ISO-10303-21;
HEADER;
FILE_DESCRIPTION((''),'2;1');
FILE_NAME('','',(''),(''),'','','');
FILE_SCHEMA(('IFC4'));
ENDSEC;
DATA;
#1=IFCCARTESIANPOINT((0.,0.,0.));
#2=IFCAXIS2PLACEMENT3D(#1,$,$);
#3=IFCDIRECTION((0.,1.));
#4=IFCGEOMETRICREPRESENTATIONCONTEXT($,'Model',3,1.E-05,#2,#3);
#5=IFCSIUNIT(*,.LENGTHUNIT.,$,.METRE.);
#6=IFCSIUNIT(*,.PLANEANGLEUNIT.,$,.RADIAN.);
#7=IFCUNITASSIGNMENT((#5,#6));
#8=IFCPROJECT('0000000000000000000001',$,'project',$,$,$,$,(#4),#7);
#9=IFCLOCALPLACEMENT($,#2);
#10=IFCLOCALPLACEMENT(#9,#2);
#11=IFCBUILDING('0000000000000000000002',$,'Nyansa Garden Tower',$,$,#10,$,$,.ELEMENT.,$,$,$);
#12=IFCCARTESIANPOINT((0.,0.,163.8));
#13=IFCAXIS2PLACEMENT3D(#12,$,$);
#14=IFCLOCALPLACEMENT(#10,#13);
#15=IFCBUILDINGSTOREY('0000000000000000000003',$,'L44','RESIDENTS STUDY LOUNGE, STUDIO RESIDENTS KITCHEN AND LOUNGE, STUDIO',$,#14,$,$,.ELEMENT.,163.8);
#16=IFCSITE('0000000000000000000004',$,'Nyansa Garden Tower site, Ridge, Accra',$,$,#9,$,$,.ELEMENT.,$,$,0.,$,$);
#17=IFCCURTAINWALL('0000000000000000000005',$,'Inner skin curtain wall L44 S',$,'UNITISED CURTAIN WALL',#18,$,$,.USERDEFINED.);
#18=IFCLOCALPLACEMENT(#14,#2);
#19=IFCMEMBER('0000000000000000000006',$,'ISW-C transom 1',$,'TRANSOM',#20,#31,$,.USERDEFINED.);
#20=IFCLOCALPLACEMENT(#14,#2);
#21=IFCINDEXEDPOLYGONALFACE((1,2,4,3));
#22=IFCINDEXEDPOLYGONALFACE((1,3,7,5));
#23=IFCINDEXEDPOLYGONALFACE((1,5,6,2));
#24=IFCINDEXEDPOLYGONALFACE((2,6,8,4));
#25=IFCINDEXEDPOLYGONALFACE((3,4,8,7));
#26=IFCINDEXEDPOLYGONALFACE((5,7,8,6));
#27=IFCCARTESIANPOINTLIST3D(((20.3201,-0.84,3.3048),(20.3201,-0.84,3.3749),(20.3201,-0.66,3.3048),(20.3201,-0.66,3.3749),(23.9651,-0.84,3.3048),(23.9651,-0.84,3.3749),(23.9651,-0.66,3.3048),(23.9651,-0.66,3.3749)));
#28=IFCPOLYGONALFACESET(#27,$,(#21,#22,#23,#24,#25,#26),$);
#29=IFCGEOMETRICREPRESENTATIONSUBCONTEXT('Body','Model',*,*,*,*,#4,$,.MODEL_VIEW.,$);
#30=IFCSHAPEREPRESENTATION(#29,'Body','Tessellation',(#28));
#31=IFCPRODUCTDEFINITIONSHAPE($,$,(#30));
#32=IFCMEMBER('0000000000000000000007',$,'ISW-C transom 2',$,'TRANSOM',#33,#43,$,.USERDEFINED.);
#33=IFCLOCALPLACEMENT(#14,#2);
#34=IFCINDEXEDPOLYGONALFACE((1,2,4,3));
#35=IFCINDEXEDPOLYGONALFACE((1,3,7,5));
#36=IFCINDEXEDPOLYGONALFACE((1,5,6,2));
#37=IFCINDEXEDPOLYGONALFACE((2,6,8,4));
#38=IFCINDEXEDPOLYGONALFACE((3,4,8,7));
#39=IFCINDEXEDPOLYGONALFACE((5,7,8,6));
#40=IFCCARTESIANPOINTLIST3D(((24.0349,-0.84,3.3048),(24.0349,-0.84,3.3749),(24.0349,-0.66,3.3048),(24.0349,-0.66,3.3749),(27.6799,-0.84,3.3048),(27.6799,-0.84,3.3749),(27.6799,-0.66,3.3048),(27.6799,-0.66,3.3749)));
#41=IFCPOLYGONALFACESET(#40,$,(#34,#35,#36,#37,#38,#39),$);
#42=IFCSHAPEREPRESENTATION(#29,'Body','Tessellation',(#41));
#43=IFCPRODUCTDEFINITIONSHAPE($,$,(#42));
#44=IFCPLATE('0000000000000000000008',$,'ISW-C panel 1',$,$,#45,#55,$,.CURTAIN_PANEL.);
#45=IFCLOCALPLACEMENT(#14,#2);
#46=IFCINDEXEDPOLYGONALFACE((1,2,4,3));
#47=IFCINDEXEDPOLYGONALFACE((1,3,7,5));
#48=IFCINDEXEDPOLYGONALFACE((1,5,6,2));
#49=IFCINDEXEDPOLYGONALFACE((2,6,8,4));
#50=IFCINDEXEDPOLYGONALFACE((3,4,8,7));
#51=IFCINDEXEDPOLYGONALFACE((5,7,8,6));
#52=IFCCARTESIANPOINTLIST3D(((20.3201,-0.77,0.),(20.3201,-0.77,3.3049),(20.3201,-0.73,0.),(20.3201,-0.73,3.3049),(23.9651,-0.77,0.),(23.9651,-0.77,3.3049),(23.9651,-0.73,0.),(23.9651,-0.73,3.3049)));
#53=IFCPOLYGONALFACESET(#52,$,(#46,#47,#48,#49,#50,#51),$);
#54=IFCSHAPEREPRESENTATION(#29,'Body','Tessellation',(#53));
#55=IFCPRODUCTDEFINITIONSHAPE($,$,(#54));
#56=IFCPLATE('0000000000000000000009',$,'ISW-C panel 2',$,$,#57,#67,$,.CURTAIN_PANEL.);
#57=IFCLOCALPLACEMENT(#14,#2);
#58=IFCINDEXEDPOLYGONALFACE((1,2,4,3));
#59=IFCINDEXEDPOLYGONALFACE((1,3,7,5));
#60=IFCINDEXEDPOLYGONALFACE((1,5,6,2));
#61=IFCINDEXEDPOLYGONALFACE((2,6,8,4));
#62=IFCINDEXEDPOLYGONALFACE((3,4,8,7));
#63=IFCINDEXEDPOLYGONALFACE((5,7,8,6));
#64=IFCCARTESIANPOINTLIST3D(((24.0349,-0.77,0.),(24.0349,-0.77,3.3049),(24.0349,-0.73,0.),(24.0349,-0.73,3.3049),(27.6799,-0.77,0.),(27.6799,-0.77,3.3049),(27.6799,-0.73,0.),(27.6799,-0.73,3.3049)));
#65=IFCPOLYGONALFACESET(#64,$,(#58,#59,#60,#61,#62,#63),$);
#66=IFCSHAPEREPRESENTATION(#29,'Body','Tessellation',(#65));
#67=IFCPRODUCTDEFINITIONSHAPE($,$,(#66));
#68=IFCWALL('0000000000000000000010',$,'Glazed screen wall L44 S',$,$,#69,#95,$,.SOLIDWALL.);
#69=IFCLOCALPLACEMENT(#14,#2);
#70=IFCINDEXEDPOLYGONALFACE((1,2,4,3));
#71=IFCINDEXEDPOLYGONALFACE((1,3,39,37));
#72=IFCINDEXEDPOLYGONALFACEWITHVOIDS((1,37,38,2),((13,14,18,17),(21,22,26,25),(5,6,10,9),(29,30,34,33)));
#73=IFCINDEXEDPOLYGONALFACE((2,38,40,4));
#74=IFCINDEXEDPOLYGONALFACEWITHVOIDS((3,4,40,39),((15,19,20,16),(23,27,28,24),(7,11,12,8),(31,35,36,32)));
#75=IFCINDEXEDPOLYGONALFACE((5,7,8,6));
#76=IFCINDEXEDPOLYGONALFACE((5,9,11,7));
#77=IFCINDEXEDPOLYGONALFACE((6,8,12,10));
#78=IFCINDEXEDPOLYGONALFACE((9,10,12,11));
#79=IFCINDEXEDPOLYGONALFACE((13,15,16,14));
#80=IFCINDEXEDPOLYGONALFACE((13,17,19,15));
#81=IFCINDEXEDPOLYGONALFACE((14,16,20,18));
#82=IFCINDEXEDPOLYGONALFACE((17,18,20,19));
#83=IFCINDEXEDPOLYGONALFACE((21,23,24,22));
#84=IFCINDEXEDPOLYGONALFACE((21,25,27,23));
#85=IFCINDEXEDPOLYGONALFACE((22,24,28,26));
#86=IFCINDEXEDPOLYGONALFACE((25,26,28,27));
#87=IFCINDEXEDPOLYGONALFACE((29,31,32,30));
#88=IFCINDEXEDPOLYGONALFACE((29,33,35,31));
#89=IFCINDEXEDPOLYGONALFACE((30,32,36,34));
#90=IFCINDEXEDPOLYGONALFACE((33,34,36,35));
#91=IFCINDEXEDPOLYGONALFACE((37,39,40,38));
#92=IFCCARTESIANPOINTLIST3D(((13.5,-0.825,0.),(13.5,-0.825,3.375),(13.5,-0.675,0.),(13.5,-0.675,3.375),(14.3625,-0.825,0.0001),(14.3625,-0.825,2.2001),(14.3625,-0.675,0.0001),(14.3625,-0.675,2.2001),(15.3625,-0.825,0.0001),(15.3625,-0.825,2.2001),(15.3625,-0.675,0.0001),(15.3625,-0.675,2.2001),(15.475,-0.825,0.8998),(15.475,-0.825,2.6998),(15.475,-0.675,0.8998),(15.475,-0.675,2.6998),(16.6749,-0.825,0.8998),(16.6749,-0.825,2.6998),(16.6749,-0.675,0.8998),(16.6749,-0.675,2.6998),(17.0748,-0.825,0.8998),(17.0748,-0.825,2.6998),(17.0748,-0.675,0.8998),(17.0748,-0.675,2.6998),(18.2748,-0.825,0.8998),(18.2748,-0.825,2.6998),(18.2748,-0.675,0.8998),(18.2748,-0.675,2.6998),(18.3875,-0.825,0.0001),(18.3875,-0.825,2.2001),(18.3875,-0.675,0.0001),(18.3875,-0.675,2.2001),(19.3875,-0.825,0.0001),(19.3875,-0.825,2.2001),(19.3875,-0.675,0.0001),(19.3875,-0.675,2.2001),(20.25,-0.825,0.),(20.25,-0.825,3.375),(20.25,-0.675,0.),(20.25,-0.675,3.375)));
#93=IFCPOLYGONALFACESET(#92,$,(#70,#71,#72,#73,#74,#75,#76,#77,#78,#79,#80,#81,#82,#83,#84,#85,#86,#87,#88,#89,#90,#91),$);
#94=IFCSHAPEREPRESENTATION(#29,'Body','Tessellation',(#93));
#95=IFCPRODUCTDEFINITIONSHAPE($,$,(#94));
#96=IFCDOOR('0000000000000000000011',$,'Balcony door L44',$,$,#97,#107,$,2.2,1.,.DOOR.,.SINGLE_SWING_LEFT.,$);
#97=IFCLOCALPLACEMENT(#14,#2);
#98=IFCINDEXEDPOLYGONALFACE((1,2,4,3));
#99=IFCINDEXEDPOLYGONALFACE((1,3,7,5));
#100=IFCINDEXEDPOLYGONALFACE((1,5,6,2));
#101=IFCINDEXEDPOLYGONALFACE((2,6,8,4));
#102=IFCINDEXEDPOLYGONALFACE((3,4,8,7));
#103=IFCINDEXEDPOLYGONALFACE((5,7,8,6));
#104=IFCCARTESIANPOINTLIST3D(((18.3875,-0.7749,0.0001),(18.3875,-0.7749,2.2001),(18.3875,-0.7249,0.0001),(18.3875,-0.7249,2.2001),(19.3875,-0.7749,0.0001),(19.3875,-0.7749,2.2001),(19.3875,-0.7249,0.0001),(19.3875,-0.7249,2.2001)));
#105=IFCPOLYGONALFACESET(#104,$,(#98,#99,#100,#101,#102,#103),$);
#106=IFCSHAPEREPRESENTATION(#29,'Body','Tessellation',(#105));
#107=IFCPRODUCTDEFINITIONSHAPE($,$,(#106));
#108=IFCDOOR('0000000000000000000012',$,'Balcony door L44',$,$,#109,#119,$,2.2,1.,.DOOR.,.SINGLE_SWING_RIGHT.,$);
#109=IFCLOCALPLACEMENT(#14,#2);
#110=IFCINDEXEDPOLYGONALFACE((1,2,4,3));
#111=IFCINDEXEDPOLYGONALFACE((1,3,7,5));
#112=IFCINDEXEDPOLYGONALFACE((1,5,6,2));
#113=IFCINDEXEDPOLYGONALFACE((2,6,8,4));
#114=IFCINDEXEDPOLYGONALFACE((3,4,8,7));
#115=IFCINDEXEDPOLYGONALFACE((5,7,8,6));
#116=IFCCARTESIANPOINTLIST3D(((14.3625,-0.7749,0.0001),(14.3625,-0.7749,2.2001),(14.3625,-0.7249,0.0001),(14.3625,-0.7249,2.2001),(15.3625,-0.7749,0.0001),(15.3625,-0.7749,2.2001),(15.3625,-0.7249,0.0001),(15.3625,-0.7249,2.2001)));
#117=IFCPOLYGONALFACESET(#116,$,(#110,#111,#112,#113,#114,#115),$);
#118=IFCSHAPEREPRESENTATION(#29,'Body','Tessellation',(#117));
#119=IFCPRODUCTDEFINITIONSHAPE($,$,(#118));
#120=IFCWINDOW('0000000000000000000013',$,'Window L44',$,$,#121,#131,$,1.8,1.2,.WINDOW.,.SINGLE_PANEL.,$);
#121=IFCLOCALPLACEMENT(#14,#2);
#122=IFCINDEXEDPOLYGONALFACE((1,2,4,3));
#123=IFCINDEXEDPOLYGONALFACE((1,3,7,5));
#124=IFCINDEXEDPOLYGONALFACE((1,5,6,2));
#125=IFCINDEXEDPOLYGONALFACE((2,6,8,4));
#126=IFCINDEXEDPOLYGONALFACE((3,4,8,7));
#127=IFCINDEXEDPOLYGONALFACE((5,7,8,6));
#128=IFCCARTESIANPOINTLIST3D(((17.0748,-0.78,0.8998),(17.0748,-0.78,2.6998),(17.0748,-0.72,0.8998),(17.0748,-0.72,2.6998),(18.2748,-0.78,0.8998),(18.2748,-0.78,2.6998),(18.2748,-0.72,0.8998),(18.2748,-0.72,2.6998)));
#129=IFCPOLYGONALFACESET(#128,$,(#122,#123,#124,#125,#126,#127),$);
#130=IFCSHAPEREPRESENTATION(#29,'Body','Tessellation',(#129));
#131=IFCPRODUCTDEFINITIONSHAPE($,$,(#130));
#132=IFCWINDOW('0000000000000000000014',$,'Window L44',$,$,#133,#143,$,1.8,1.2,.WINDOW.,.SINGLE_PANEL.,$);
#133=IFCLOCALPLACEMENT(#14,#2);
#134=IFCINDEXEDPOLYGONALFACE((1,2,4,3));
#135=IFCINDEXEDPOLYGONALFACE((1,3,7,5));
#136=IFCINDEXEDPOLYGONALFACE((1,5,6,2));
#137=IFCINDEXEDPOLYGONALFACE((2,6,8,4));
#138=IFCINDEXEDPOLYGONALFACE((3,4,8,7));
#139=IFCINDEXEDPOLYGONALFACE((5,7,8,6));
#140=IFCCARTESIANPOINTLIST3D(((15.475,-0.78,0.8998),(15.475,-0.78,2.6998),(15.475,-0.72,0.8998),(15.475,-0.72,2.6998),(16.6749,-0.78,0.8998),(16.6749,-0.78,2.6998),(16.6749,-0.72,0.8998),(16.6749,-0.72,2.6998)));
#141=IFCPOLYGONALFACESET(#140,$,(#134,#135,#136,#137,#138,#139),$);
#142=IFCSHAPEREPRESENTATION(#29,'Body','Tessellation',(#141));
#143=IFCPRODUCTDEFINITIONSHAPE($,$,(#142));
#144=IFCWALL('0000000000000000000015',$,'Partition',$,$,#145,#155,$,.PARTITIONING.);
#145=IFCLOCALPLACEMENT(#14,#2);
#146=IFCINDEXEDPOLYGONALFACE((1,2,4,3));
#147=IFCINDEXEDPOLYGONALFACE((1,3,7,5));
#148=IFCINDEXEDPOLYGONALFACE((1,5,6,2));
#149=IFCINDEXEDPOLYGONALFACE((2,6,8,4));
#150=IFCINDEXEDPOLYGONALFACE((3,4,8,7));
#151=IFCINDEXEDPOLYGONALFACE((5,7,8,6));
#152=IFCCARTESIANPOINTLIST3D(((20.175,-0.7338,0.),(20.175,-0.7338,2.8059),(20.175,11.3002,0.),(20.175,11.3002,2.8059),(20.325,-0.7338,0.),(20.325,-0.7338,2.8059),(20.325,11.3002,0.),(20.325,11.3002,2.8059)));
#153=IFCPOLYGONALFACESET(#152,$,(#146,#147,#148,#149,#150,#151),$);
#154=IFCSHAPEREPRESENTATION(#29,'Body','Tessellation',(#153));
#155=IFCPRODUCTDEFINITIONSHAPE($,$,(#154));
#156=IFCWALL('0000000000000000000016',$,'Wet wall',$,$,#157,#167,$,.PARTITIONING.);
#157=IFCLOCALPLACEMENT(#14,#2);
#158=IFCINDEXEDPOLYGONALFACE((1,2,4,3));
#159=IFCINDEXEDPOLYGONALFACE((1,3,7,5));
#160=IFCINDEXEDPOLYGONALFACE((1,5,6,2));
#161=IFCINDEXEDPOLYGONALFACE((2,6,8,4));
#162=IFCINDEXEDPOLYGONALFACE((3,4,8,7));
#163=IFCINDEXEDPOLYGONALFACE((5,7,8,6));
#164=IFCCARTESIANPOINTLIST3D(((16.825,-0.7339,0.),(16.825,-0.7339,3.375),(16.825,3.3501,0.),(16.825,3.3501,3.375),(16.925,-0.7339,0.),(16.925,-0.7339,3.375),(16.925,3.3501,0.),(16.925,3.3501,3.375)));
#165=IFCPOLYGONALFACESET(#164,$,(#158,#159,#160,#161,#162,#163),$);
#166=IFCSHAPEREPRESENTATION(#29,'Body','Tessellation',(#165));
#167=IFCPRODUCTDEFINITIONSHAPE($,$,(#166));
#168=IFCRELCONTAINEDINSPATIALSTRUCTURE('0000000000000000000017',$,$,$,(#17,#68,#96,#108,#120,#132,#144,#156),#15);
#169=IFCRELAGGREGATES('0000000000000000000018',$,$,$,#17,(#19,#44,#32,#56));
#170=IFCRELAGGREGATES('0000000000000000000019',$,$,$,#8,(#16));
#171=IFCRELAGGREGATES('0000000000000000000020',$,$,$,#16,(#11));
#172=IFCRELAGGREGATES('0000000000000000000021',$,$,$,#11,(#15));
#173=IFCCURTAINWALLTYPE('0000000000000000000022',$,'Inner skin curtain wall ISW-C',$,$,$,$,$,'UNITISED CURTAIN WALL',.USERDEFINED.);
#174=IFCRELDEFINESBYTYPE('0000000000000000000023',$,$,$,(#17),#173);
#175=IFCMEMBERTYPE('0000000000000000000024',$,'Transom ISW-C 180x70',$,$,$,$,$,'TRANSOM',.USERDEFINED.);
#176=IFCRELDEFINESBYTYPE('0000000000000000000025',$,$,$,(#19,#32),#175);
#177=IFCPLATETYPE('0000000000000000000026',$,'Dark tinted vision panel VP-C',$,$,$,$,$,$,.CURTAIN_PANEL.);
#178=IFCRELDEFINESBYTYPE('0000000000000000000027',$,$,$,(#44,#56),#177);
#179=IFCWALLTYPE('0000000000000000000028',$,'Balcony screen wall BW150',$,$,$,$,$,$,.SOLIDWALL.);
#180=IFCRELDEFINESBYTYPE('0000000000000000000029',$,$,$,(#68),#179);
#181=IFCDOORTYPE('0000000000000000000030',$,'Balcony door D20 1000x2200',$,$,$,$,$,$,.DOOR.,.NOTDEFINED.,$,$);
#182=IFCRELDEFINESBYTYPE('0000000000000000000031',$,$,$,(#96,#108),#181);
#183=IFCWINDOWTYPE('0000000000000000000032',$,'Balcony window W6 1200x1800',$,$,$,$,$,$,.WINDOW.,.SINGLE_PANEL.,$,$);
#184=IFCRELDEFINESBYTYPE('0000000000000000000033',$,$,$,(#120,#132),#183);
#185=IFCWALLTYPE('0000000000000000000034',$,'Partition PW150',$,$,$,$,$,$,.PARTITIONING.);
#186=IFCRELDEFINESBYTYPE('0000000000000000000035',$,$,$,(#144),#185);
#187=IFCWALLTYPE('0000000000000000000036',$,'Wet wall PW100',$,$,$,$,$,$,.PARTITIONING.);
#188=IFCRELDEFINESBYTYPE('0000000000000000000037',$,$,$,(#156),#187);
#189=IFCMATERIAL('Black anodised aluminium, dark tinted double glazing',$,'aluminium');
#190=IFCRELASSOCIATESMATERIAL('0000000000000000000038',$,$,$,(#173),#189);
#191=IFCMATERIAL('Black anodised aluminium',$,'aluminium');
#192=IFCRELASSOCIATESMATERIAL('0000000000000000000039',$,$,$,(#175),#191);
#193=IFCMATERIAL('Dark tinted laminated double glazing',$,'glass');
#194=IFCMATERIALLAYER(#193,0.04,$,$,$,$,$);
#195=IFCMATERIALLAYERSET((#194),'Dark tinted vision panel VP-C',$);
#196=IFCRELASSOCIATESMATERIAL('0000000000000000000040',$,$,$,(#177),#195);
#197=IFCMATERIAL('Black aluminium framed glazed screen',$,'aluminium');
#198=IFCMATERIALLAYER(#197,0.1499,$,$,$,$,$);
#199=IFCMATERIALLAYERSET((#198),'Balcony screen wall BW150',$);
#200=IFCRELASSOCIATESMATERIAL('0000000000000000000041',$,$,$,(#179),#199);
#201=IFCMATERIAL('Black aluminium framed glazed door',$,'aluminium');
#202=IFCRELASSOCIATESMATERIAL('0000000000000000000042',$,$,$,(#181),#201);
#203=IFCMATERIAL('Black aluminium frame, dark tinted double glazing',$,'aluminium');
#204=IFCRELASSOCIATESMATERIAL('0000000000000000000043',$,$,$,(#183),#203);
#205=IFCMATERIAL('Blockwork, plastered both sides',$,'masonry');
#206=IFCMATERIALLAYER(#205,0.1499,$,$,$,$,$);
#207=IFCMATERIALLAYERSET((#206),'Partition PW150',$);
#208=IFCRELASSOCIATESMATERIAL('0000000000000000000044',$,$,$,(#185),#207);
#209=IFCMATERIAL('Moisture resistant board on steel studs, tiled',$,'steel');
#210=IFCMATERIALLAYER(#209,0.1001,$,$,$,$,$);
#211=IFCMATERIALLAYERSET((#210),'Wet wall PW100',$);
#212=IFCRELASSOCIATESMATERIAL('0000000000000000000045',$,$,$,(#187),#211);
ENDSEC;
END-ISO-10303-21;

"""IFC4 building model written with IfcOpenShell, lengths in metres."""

from ifc_helpers import new_model, si_unit, direction, frame, frame_2d, origin, origin_2d, place, context, subcontext, project, spatial, rectangle, extrude, material, layer, layer_set, material_profile, profile_set, type_object, element, fill, aggregate, save


model = new_model("IFC4")

# Units and contexts
model_context = context("Model", 3, precision=1e-05, world=origin(), true_north=direction((0.0, 1.0)))
body_context = subcontext(model_context, "Body", "Model", "MODEL_VIEW")
ifc_project = project(units=[si_unit("LENGTHUNIT", "METRE"), si_unit("PLANEANGLEUNIT", "RADIAN")], contexts=[model_context])

# Site, building, storey
site_placement = place(None, origin())
site = spatial("IfcSite", under=ifc_project, at=site_placement, Name="Nyansa Garden Tower site, Ridge, Accra", CompositionType="ELEMENT", RefElevation=0.0)
building_placement = place(site_placement, origin())
building = spatial("IfcBuilding", under=site, at=building_placement, Name="Nyansa Garden Tower", CompositionType="ELEMENT")
storey_placement = place(building_placement, frame((0.0, 0.0, 163.8)))
storey = spatial("IfcBuildingStorey", under=building, at=storey_placement, Name="L44", Description="RESIDENTS STUDY LOUNGE, STUDIO RESIDENTS KITCHEN AND LOUNGE, STUDIO", CompositionType="ELEMENT", Elevation=163.8)

# Curtain wall
ifc_material_1 = material(Name="Black anodised aluminium, dark tinted double glazing", Category="aluminium")
curtain_wall_type = type_object("IfcCurtainWallType", Name="Inner skin curtain wall ISW-C", ElementType="UNITISED CURTAIN WALL", PredefinedType="USERDEFINED", material=ifc_material_1)
curtain_wall_placement = place(storey_placement, origin())
curtain_wall = element("IfcCurtainWall", 1, at=curtain_wall_placement, inside=storey, type_object=curtain_wall_type, Name="Inner skin curtain wall L44 S", ObjectType="UNITISED CURTAIN WALL", PredefinedType="USERDEFINED")

# Members
ifc_material_2 = material(Name="Black anodised aluminium", Category="aluminium")
ifc_material_profile_1 = material_profile(ifc_material_2, rectangle(XDim=0.1799, YDim=0.0701, at=origin_2d()), Name="Transom 180x70")
ifc_profile_set_1 = profile_set([ifc_material_profile_1], Name="Black anodised aluminium")
member_type_1 = type_object("IfcMemberType", Name="Transom ISW-C 180x70", ElementType="TRANSOM", PredefinedType="USERDEFINED", material=ifc_profile_set_1)
member_1_placement = place(storey_placement, frame((20.3201, -0.75, 3.3398), z_axis=(1.0, 0.0, 0.0), x_axis=(0.0, 1.0, 0.0)))
member_1 = element("IfcMember", 2, at=member_1_placement, type_object=member_type_1, Name="ISW-C transom 1", ObjectType="TRANSOM", PredefinedType="USERDEFINED", context=body_context, shape_type="SweptSolid", body=[
    extrude(rectangle(XDim=0.1799, YDim=0.0701, at=origin_2d()), origin(), (0.0, 0.0, 1.0), 3.645),
])
member_2_placement = place(storey_placement, frame((24.0349, -0.75, 3.3398), z_axis=(1.0, 0.0, 0.0), x_axis=(0.0, 1.0, 0.0)))
member_2 = element("IfcMember", 3, at=member_2_placement, type_object=member_type_1, Name="ISW-C transom 2", ObjectType="TRANSOM", PredefinedType="USERDEFINED", context=body_context, shape_type="SweptSolid", body=[
    extrude(rectangle(XDim=0.1799, YDim=0.0701, at=origin_2d()), origin(), (0.0, 0.0, 1.0), 3.645),
])

# Plates
ifc_material_3 = material(Name="Dark tinted laminated double glazing", Category="glass")
ifc_layer_1 = layer(ifc_material_3, 0.04)
ifc_layer_set_1 = layer_set([ifc_layer_1], Name="Dark tinted vision panel VP-C")
plate_type = type_object("IfcPlateType", Name="Dark tinted vision panel VP-C", PredefinedType="CURTAIN_PANEL", material=ifc_layer_set_1)
plate_1_placement = place(storey_placement, frame((22.1426, -0.75, 0.0), z_axis=(0.0, 0.0, 1.0), x_axis=(1.0, 0.0, 0.0)))
plate_1 = element("IfcPlate", 4, at=plate_1_placement, type_object=plate_type, Name="ISW-C panel 1", PredefinedType="CURTAIN_PANEL", context=body_context, shape_type="SweptSolid", body=[
    extrude(rectangle(XDim=3.645, YDim=0.04, at=origin_2d()), origin(), (0.0, 0.0, 1.0), 3.3049),
])
plate_2_placement = place(storey_placement, frame((25.8574, -0.75, 0.0), z_axis=(0.0, 0.0, 1.0), x_axis=(1.0, 0.0, 0.0)))
plate_2 = element("IfcPlate", 5, at=plate_2_placement, type_object=plate_type, Name="ISW-C panel 2", PredefinedType="CURTAIN_PANEL", context=body_context, shape_type="SweptSolid", body=[
    extrude(rectangle(XDim=3.645, YDim=0.04, at=origin_2d()), origin(), (0.0, 0.0, 1.0), 3.3049),
])
aggregate(curtain_wall, [member_1, plate_1, member_2, plate_2])

# Wall, openings, doors, windows
ifc_material_4 = material(Name="Black aluminium framed glazed screen", Category="aluminium")
ifc_layer_2 = layer(ifc_material_4, 0.1499)
ifc_layer_set_2 = layer_set([ifc_layer_2], Name="Balcony screen wall BW150")
wall_type_1 = type_object("IfcWallType", Name="Balcony screen wall BW150", PredefinedType="SOLIDWALL", material=ifc_layer_set_2)
wall_1_placement = place(storey_placement, frame((20.25, -0.75, 0.0), z_axis=(0.0, 0.0, 1.0), x_axis=(-1.0, 0.0, 0.0)))
wall_1 = element("IfcWall", 6, at=wall_1_placement, inside=storey, type_object=wall_type_1, Name="Glazed screen wall L44 S", PredefinedType="SOLIDWALL", context=body_context, shape_type="SweptSolid", body=[
    extrude(rectangle(XDim=6.75, YDim=0.1499, at=frame_2d((3.375, 0.0))), origin(), (0.0, 0.0, 1.0), 3.375),
])
opening_1_placement = place(wall_1_placement, frame((0.8625, 0.0, 0.0)))
opening_1 = element("IfcOpeningElement", 7, at=opening_1_placement, cuts=wall_1, PredefinedType="OPENING", context=body_context, shape_type="SweptSolid", body=[
    extrude(rectangle(XDim=1.0, YDim=2.2, at=frame_2d((0.5, 1.1001))), frame((0.0, 0.085, 0.0), z_axis=(0.0, -1.0, 0.0), x_axis=(1.0, 0.0, 0.0)), (0.0, 0.0, 1.0), 0.1699),
])
opening_2_placement = place(wall_1_placement, frame((1.9751, 0.0, 0.8999)))
opening_2 = element("IfcOpeningElement", 8, at=opening_2_placement, cuts=wall_1, PredefinedType="OPENING", context=body_context, shape_type="SweptSolid", body=[
    extrude(rectangle(XDim=1.2, YDim=1.8, at=frame_2d((0.6001, 0.8999))), frame((0.0, 0.085, 0.0), z_axis=(0.0, -1.0, 0.0), x_axis=(1.0, 0.0, 0.0)), (0.0, 0.0, 1.0), 0.1699),
])
opening_3_placement = place(wall_1_placement, frame((4.8875, 0.0, 0.0)))
opening_3 = element("IfcOpeningElement", 9, at=opening_3_placement, cuts=wall_1, PredefinedType="OPENING", context=body_context, shape_type="SweptSolid", body=[
    extrude(rectangle(XDim=1.0, YDim=2.2, at=frame_2d((0.5, 1.1001))), frame((0.0, 0.085, 0.0), z_axis=(0.0, -1.0, 0.0), x_axis=(1.0, 0.0, 0.0)), (0.0, 0.0, 1.0), 0.1699),
])
opening_4_placement = place(wall_1_placement, frame((3.575, 0.0, 0.8999)))
opening_4 = element("IfcOpeningElement", 10, at=opening_4_placement, cuts=wall_1, PredefinedType="OPENING", context=body_context, shape_type="SweptSolid", body=[
    extrude(rectangle(XDim=1.2, YDim=1.8, at=frame_2d((0.6001, 0.8999))), frame((0.0, 0.085, 0.0), z_axis=(0.0, -1.0, 0.0), x_axis=(1.0, 0.0, 0.0)), (0.0, 0.0, 1.0), 0.1699),
])
ifc_material_5 = material(Name="Black aluminium framed glazed door", Category="aluminium")
door_type_1 = type_object("IfcDoorType", Name="Balcony door D20 1000x2200", OperationType="NOTDEFINED", PredefinedType="DOOR", material=ifc_material_5)
door_1_placement = place(opening_1_placement, origin())
door_1 = element("IfcDoor", 11, at=door_1_placement, inside=storey, type_object=door_type_1, Name="Balcony door L44", OperationType="SINGLE_SWING_LEFT", OverallHeight=2.2, OverallWidth=1.0, PredefinedType="DOOR", context=body_context, shape_type="SweptSolid", body=[
    extrude(rectangle(XDim=1.0, YDim=2.2, at=frame_2d((0.5, 1.1001))), frame((0.0, 0.0249, 0.0), z_axis=(0.0, -1.0, 0.0), x_axis=(1.0, 0.0, 0.0)), (0.0, 0.0, 1.0), 0.05),
])
fill(opening_1, door_1)
door_2_placement = place(opening_3_placement, origin())
door_2 = element("IfcDoor", 12, at=door_2_placement, inside=storey, type_object=door_type_1, Name="Balcony door L44", OperationType="SINGLE_SWING_RIGHT", OverallHeight=2.2, OverallWidth=1.0, PredefinedType="DOOR", context=body_context, shape_type="SweptSolid", body=[
    extrude(rectangle(XDim=1.0, YDim=2.2, at=frame_2d((0.5, 1.1001))), frame((0.0, 0.0249, 0.0), z_axis=(0.0, -1.0, 0.0), x_axis=(1.0, 0.0, 0.0)), (0.0, 0.0, 1.0), 0.05),
])
fill(opening_3, door_2)
ifc_material_6 = material(Name="Black aluminium frame, dark tinted double glazing", Category="aluminium")
window_type = type_object("IfcWindowType", Name="Balcony window W6 1200x1800", PartitioningType="SINGLE_PANEL", PredefinedType="WINDOW", material=ifc_material_6)
window_1_placement = place(opening_2_placement, origin())
window_1 = element("IfcWindow", 13, at=window_1_placement, inside=storey, type_object=window_type, Name="Window L44", OverallHeight=1.8, OverallWidth=1.2, PartitioningType="SINGLE_PANEL", PredefinedType="WINDOW", context=body_context, shape_type="SweptSolid", body=[
    extrude(rectangle(XDim=1.2, YDim=1.8, at=frame_2d((0.6001, 0.8999))), frame((0.0, 0.03, 0.0), z_axis=(0.0, -1.0, 0.0), x_axis=(1.0, 0.0, 0.0)), (0.0, 0.0, 1.0), 0.0601),
])
fill(opening_2, window_1)
window_2_placement = place(opening_4_placement, origin())
window_2 = element("IfcWindow", 14, at=window_2_placement, inside=storey, type_object=window_type, Name="Window L44", OverallHeight=1.8, OverallWidth=1.2, PartitioningType="SINGLE_PANEL", PredefinedType="WINDOW", context=body_context, shape_type="SweptSolid", body=[
    extrude(rectangle(XDim=1.2, YDim=1.8, at=frame_2d((0.6001, 0.8999))), frame((0.0, 0.03, 0.0), z_axis=(0.0, -1.0, 0.0), x_axis=(1.0, 0.0, 0.0)), (0.0, 0.0, 1.0), 0.0601),
])
fill(opening_4, window_2)

# Walls
ifc_material_7 = material(Name="Blockwork, plastered both sides", Category="masonry")
ifc_layer_3 = layer(ifc_material_7, 0.1499)
ifc_layer_set_3 = layer_set([ifc_layer_3], Name="Partition PW150")
wall_type_2 = type_object("IfcWallType", Name="Partition PW150", PredefinedType="PARTITIONING", material=ifc_layer_set_3)
wall_2_placement = place(storey_placement, frame((20.25, -0.7339, 0.0), z_axis=(0.0, 0.0, 1.0), x_axis=(0.0, 1.0, 0.0)))
element("IfcWall", 15, at=wall_2_placement, inside=storey, type_object=wall_type_2, Name="Partition", PredefinedType="PARTITIONING", context=body_context, shape_type="SweptSolid", body=[
    extrude(rectangle(XDim=12.0339, YDim=0.1499, at=frame_2d((6.0171, 0.0))), origin(), (0.0, 0.0, 1.0), 2.8059),
])
ifc_material_8 = material(Name="Moisture resistant board on steel studs, tiled", Category="steel")
ifc_layer_4 = layer(ifc_material_8, 0.1001)
ifc_layer_set_4 = layer_set([ifc_layer_4], Name="Wet wall PW100")
wall_type_3 = type_object("IfcWallType", Name="Wet wall PW100", PredefinedType="PARTITIONING", material=ifc_layer_set_4)
wall_3_placement = place(storey_placement, frame((16.875, -0.7339, 0.0), z_axis=(0.0, 0.0, 1.0), x_axis=(0.0, 1.0, 0.0)))
element("IfcWall", 16, at=wall_3_placement, inside=storey, type_object=wall_type_3, Name="Wet wall", PredefinedType="PARTITIONING", context=body_context, shape_type="SweptSolid", body=[
    extrude(rectangle(XDim=4.084, YDim=0.1001, at=frame_2d((2.042, 0.0))), origin(), (0.0, 0.0, 1.0), 3.375),
])

save(model, "model.ifc")
